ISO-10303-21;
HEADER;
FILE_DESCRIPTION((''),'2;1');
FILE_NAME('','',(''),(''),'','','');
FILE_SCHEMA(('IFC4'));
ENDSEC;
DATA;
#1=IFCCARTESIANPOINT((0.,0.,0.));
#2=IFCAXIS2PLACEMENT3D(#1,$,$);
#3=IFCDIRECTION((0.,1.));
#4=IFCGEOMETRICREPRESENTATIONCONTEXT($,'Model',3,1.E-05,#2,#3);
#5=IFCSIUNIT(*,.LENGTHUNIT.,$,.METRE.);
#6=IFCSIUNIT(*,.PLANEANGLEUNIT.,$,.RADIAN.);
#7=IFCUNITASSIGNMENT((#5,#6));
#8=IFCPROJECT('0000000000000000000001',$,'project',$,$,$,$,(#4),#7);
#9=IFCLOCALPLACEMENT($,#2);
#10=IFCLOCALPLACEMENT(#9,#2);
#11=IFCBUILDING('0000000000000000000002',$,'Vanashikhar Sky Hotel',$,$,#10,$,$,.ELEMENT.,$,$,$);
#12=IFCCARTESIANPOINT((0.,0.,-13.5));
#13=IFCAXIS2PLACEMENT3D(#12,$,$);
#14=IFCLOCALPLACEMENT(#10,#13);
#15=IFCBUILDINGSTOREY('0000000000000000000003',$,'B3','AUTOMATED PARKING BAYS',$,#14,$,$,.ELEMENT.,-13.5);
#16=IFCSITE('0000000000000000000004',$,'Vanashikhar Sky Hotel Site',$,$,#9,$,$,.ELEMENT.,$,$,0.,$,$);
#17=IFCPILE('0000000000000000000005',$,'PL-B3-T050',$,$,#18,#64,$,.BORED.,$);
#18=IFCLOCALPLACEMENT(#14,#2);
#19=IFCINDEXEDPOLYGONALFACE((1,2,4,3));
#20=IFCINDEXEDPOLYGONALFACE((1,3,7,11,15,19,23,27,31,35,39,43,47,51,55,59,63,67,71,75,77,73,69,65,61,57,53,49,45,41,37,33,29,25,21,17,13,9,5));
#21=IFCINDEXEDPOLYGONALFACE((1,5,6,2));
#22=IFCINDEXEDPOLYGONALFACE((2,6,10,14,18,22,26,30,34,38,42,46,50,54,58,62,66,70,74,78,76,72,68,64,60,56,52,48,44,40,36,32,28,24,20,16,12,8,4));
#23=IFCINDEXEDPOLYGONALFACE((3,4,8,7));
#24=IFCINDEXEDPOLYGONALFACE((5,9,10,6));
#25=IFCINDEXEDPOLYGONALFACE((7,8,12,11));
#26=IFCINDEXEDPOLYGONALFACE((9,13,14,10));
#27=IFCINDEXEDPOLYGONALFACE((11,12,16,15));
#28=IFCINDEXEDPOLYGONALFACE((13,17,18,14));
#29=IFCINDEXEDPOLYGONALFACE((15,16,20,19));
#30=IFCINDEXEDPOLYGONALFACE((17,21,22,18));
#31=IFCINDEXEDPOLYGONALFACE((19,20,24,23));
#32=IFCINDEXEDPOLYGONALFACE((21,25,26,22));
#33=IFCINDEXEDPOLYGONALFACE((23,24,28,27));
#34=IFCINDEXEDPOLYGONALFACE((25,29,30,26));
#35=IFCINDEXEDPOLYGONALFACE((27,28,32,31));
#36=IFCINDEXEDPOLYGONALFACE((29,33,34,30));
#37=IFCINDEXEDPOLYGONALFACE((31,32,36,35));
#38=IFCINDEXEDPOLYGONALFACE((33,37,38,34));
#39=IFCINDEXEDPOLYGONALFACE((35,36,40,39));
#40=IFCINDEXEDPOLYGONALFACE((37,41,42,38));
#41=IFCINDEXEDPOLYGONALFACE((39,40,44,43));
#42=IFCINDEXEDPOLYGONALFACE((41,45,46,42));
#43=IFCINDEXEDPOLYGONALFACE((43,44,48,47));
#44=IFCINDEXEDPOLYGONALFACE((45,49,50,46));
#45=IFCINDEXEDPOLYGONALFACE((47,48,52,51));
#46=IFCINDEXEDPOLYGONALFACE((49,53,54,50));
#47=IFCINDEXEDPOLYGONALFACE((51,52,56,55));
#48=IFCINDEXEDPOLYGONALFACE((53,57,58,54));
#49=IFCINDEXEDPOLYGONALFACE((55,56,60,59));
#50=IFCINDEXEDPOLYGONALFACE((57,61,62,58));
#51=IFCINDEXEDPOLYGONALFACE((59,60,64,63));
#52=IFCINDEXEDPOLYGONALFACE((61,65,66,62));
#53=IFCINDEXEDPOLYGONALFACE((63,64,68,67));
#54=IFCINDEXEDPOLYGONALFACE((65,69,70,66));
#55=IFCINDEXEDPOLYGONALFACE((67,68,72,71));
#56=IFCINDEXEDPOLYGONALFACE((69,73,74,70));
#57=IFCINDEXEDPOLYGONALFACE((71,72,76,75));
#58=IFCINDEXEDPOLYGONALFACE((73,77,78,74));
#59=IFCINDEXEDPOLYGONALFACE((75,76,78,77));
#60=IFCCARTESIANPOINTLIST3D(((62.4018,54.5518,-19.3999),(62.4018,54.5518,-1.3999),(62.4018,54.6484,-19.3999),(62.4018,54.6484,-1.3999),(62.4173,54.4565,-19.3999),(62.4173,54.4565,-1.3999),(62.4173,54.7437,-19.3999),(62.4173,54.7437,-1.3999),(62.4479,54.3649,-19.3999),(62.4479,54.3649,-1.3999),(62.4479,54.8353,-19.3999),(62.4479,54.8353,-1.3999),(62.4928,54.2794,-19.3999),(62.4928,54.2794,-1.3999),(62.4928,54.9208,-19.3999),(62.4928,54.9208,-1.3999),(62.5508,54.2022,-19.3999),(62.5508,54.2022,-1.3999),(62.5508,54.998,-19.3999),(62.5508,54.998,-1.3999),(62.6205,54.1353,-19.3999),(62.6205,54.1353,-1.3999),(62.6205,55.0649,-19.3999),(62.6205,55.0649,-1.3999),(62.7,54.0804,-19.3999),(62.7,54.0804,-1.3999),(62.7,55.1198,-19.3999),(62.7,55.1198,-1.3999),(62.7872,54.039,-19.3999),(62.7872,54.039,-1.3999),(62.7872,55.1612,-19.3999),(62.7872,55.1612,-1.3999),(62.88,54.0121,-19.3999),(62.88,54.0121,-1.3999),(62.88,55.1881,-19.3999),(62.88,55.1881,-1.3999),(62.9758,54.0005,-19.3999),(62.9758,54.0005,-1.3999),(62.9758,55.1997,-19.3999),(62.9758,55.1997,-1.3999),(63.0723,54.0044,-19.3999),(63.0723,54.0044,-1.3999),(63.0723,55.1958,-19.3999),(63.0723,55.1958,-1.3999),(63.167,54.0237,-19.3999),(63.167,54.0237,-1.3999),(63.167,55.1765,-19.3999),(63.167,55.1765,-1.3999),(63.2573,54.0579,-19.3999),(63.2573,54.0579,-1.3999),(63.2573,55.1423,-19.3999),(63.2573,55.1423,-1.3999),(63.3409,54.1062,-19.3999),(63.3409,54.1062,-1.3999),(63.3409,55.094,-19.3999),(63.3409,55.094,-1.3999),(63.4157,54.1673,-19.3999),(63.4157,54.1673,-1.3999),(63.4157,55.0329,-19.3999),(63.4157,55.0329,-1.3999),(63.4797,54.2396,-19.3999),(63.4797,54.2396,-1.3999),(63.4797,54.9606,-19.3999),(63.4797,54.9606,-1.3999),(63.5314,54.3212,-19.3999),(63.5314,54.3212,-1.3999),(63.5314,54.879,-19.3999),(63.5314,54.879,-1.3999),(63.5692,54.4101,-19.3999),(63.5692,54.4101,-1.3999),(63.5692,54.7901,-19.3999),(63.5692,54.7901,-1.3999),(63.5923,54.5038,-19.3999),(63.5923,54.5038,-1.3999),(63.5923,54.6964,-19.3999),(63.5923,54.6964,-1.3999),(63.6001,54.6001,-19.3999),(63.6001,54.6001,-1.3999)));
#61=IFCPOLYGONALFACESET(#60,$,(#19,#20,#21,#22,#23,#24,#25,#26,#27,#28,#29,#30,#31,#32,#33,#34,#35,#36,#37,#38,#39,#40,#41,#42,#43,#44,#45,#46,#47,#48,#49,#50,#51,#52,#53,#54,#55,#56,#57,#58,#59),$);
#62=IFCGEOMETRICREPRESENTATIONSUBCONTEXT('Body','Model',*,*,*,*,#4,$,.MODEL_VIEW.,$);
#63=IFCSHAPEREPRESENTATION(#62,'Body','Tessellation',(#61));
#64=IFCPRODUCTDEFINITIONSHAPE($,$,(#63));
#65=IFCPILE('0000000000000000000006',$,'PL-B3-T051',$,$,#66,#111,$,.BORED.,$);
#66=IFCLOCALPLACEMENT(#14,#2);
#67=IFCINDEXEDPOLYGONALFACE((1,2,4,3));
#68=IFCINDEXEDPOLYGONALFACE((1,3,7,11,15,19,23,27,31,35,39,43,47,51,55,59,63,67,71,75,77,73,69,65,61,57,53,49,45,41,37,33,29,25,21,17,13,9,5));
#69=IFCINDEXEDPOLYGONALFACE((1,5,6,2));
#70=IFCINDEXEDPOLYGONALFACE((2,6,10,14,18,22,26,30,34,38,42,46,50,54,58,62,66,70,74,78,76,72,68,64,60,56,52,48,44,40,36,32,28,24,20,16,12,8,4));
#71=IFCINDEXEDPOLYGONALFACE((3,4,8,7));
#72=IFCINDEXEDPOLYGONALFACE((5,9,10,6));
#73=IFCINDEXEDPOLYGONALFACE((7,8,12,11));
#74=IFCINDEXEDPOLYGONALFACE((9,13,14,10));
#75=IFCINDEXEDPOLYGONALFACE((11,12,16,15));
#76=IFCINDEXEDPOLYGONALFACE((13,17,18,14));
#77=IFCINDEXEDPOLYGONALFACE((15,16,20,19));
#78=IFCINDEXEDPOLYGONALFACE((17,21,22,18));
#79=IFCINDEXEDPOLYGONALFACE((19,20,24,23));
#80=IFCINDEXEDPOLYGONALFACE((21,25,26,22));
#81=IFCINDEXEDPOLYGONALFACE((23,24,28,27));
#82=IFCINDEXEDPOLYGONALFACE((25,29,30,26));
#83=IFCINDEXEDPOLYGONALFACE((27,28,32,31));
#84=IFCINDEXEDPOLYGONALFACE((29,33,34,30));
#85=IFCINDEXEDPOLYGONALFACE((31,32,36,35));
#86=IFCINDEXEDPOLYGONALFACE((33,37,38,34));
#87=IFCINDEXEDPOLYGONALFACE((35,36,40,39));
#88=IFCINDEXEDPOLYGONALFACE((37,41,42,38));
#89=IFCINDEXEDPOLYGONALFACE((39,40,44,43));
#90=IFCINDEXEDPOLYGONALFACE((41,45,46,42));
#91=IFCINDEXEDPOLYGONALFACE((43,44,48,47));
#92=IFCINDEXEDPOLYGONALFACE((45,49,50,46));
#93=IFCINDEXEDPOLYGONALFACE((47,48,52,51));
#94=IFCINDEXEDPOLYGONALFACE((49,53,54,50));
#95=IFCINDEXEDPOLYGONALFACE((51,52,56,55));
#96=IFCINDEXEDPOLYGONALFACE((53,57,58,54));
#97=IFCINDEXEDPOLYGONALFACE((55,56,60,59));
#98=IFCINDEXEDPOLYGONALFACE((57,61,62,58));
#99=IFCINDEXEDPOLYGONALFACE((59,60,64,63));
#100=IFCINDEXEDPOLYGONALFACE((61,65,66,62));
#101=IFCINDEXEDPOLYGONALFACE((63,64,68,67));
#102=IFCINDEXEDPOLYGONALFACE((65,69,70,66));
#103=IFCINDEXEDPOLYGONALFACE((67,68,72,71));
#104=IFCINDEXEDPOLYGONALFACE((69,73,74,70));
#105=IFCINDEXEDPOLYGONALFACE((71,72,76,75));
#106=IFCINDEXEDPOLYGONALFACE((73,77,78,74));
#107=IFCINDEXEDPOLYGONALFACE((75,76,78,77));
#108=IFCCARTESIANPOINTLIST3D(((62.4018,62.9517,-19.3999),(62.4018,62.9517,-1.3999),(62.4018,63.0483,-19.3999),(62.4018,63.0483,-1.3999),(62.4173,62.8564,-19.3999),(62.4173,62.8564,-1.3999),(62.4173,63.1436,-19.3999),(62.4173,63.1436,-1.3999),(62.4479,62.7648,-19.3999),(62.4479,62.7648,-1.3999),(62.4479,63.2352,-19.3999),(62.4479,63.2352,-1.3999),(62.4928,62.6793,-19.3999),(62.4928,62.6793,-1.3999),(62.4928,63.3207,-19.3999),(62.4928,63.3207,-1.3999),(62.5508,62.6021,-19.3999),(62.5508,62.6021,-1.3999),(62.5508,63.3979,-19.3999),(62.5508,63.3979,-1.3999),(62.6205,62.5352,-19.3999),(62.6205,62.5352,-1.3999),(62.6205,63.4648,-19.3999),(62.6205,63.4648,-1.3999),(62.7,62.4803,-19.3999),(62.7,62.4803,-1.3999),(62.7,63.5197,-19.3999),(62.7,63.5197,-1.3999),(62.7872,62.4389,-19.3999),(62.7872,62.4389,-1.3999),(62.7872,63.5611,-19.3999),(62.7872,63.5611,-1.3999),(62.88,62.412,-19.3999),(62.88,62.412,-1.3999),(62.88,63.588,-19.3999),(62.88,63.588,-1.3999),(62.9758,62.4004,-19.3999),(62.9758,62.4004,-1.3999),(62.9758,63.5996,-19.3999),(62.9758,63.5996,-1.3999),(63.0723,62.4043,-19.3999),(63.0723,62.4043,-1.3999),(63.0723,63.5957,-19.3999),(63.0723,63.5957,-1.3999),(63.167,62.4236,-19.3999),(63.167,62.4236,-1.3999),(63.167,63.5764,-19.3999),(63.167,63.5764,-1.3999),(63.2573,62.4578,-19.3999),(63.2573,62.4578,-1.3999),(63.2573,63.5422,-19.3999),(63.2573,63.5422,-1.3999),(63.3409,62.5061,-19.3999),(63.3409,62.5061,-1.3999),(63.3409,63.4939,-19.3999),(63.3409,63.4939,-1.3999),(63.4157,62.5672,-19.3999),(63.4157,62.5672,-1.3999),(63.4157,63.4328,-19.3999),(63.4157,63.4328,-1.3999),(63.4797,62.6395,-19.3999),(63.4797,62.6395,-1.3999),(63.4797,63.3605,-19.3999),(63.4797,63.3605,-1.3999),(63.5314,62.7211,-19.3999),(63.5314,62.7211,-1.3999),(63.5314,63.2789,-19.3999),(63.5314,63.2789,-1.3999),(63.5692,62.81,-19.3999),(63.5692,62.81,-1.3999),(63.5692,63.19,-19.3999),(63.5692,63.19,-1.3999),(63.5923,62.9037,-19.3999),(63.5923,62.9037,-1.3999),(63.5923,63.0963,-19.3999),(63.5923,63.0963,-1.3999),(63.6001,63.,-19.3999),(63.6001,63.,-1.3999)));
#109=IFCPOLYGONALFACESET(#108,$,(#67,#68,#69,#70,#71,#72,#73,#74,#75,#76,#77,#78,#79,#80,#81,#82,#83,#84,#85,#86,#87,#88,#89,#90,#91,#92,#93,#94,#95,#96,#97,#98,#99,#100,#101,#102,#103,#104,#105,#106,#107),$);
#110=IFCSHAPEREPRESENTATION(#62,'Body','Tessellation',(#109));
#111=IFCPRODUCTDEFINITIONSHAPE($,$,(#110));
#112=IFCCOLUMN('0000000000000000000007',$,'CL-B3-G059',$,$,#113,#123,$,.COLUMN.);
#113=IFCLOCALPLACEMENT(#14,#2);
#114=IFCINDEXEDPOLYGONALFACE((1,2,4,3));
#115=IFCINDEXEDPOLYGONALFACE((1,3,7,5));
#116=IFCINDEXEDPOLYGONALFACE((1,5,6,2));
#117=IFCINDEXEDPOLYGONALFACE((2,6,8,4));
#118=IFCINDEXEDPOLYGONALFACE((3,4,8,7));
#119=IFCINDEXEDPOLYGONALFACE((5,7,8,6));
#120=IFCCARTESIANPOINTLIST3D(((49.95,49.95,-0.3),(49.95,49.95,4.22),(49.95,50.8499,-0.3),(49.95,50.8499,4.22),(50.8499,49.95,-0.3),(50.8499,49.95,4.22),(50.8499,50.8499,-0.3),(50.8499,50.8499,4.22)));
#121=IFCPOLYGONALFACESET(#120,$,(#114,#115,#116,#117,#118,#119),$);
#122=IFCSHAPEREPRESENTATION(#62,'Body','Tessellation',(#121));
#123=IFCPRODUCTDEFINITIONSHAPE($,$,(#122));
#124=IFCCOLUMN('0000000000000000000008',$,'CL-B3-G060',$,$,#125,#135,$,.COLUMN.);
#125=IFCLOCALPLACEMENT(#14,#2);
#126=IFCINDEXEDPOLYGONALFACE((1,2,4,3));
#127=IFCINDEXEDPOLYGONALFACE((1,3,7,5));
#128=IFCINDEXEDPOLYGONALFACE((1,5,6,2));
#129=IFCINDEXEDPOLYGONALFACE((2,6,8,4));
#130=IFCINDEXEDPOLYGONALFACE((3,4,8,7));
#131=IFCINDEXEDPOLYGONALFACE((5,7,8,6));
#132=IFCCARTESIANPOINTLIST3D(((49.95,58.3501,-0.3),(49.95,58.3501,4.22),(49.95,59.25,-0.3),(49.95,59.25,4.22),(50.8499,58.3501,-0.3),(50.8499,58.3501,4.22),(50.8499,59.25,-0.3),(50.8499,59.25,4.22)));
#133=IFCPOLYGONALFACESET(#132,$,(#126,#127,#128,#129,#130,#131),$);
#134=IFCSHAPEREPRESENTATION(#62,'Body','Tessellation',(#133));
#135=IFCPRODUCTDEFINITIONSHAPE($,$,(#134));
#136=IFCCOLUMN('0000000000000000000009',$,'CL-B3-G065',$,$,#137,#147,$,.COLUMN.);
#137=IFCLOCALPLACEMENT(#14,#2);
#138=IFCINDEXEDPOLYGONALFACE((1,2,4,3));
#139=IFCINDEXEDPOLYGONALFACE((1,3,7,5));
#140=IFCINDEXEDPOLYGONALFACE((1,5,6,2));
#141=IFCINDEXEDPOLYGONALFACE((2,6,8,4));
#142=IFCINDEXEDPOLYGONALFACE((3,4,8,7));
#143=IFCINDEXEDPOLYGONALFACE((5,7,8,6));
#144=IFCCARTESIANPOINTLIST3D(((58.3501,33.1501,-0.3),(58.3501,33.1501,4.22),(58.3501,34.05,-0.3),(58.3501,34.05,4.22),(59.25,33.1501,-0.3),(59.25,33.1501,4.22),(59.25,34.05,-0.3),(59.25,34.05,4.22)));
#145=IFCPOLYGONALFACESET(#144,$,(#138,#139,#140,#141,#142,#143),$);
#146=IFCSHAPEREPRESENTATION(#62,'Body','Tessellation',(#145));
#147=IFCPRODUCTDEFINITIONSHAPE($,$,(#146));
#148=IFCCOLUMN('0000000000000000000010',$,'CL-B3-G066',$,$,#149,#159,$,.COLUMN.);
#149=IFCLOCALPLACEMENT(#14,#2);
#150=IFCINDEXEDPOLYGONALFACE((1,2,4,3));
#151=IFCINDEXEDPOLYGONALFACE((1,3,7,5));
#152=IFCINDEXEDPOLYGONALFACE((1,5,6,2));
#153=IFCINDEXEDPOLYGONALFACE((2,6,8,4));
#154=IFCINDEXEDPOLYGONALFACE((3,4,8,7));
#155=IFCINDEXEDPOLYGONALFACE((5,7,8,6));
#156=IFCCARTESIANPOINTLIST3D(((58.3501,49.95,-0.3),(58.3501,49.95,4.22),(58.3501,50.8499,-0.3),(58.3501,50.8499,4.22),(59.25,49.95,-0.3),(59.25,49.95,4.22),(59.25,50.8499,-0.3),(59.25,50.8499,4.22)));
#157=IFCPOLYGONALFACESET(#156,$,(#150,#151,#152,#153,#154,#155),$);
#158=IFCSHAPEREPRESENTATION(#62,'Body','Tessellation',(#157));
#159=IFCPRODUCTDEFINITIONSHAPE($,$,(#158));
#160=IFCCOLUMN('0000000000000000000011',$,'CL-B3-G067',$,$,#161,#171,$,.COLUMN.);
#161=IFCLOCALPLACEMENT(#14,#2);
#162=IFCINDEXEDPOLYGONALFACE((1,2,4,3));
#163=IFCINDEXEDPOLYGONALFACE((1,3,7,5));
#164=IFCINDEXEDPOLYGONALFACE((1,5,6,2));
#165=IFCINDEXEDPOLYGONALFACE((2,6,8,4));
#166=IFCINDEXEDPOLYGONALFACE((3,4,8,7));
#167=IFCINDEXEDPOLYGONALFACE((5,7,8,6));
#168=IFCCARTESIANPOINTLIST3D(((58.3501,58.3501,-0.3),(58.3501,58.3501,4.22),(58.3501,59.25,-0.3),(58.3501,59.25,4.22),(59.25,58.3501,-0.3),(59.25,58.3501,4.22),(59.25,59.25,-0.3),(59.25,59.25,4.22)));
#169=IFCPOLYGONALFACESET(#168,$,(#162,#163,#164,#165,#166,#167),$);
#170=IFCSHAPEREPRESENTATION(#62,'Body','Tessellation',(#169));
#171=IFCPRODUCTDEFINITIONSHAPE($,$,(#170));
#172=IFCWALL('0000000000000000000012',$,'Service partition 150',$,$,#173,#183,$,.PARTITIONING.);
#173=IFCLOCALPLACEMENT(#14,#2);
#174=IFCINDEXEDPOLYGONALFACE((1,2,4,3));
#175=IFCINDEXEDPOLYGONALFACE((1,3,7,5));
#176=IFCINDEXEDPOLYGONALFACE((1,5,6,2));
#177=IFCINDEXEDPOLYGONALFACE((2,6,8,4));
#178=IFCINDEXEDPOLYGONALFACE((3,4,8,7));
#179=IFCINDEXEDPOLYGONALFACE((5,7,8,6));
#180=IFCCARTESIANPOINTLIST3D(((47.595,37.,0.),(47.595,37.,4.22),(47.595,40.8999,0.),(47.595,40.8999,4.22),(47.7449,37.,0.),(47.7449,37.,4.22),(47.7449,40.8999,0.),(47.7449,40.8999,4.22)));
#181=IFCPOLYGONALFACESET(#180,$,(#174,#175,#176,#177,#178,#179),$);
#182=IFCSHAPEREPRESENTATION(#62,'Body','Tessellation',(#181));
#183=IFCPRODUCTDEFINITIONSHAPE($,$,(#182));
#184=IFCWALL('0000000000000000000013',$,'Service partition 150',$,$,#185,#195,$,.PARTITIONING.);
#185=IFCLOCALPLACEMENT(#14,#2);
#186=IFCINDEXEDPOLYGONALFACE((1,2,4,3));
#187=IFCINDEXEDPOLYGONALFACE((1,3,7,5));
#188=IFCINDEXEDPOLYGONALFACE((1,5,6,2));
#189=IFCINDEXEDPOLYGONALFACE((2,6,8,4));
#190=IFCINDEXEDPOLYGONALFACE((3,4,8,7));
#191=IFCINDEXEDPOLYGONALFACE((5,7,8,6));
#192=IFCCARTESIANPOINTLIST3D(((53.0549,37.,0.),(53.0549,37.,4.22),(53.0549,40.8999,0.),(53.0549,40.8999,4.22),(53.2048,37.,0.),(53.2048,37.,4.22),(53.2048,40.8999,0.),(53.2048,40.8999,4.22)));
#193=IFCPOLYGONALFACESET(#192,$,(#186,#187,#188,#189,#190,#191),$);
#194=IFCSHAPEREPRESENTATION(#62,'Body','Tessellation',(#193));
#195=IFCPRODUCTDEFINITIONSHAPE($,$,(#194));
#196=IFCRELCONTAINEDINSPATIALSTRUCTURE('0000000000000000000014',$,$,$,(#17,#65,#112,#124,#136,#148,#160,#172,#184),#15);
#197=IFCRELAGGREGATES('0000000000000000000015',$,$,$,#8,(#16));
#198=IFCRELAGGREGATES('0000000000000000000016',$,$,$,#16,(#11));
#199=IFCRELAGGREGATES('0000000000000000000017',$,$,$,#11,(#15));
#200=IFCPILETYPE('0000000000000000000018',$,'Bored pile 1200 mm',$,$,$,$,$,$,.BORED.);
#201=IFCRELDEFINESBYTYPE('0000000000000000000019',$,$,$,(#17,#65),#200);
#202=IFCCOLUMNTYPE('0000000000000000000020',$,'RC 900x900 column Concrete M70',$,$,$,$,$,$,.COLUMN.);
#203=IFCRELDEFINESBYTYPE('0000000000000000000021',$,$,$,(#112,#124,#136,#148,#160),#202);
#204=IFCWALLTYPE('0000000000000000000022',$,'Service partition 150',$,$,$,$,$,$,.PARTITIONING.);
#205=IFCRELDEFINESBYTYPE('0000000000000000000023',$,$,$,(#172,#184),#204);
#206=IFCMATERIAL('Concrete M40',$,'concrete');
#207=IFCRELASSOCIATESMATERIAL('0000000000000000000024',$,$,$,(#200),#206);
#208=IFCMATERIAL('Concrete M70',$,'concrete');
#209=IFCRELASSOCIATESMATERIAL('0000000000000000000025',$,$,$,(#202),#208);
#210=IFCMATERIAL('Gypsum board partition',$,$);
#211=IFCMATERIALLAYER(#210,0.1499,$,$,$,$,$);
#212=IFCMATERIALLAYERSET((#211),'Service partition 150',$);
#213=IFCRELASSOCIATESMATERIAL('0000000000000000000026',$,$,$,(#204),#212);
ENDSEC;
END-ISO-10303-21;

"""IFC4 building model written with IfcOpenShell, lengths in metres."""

from ifc_helpers import new_model, si_unit, direction, frame, frame_2d, origin, origin_2d, place, context, subcontext, project, spatial, rectangle, circle, extrude, source, transform, mapped, material, layer, layer_set, material_profile, profile_set, type_object, element, save


model = new_model("IFC4")

# Units and contexts
model_context = context("Model", 3, precision=1e-05, world=origin(), true_north=direction((0.0, 1.0)))
body_context = subcontext(model_context, "Body", "Model", "MODEL_VIEW")
ifc_project = project(units=[si_unit("LENGTHUNIT", "METRE"), si_unit("PLANEANGLEUNIT", "RADIAN")], contexts=[model_context])

# Site, building, storey
site_placement = place(None, origin())
site = spatial("IfcSite", under=ifc_project, at=site_placement, Name="Vanashikhar Sky Hotel Site", CompositionType="ELEMENT", RefElevation=0.0)
building_placement = place(site_placement, origin())
building = spatial("IfcBuilding", under=site, at=building_placement, Name="Vanashikhar Sky Hotel", CompositionType="ELEMENT")
storey_placement = place(building_placement, frame((0.0, 0.0, -13.5)))
storey = spatial("IfcBuildingStorey", under=building, at=storey_placement, Name="B3", Description="AUTOMATED PARKING BAYS", CompositionType="ELEMENT", Elevation=-13.5)

# Piles
ifc_material_1 = material(Name="Concrete M40", Category="concrete")
pile_type_1 = type_object("IfcPileType", Name="Bored pile 1200 mm", PredefinedType="BORED", material=ifc_material_1)
shared_shape_1 = source(origin(), body_context, "Body", "SweptSolid", [
    extrude(circle(Radius=0.6001, at=origin_2d()), origin(), (0.0, 0.0, 1.0), 18.0),
])
for number, where, z_axis, x_axis, name in (
    (1, (63.0, 54.6001, -1.3999), (0.0, 0.0, -1.0), (1.0, 0.0, 0.0), "PL-B3-T050"),
    (2, (63.0, 63.0, -1.3999), (0.0, 0.0, -1.0), (1.0, 0.0, 0.0), "PL-B3-T051"),
):
    element("IfcPile", number, at=place(storey_placement, frame(where, z_axis=z_axis, x_axis=x_axis)), inside=storey, type_object=pile_type_1, Name=name, PredefinedType="BORED", context=body_context, shape_type="MappedRepresentation", body=[
        mapped(shared_shape_1, transform((0.0, 0.0, 0.0), scale=1.0)),
    ])

# Columns
ifc_material_2 = material(Name="Concrete M70", Category="concrete")
ifc_material_profile = material_profile(ifc_material_2, rectangle(XDim=0.8999, YDim=0.8999, at=origin_2d()))
ifc_profile_set = profile_set([ifc_material_profile], Name="RC 900x900 column Concrete M70")
column_type = type_object("IfcColumnType", Name="RC 900x900 column Concrete M70", PredefinedType="COLUMN", material=ifc_profile_set)
shared_shape_2 = source(origin(), body_context, "Body", "SweptSolid", [
    extrude(rectangle(XDim=0.8999, YDim=0.8999, at=origin_2d()), origin(), (0.0, 0.0, 1.0), 4.52),
])
for number, where, z_axis, x_axis, name in (
    (3, (50.3999, 50.3999, -0.3), (0.0, 0.0, 1.0), (1.0, 0.0, 0.0), "CL-B3-G059"),
    (4, (50.3999, 58.8, -0.3), (0.0, 0.0, 1.0), (1.0, 0.0, 0.0), "CL-B3-G060"),
    (5, (58.8, 33.6001, -0.3), (0.0, 0.0, 1.0), (1.0, 0.0, 0.0), "CL-B3-G065"),
    (6, (58.8, 50.3999, -0.3), (0.0, 0.0, 1.0), (1.0, 0.0, 0.0), "CL-B3-G066"),
    (7, (58.8, 58.8, -0.3), (0.0, 0.0, 1.0), (1.0, 0.0, 0.0), "CL-B3-G067"),
):
    element("IfcColumn", number, at=place(storey_placement, frame(where, z_axis=z_axis, x_axis=x_axis)), inside=storey, type_object=column_type, Name=name, PredefinedType="COLUMN", context=body_context, shape_type="MappedRepresentation", body=[
        mapped(shared_shape_2, transform((0.0, 0.0, 0.0), scale=1.0)),
    ])

# Walls
ifc_material_3 = material(Name="Gypsum board partition")
ifc_layer = layer(ifc_material_3, 0.1499)
ifc_layer_set = layer_set([ifc_layer], Name="Service partition 150")
wall_type = type_object("IfcWallType", Name="Service partition 150", PredefinedType="PARTITIONING", material=ifc_layer_set)
shared_shape_3 = source(origin(), body_context, "Body", "SweptSolid", [
    extrude(rectangle(XDim=3.8999, YDim=0.1499, at=frame_2d((1.95, 0.0))), origin(), (0.0, 0.0, 1.0), 4.22),
])
for number, where, z_axis, x_axis, name in (
    (8, (47.6699, 37.0, 0.0), (0.0, 0.0, 1.0), (0.0, 1.0, 0.0), "Service partition 150"),
    (9, (53.1299, 37.0, 0.0), (0.0, 0.0, 1.0), (0.0, 1.0, 0.0), "Service partition 150"),
):
    element("IfcWall", number, at=place(storey_placement, frame(where, z_axis=z_axis, x_axis=x_axis)), inside=storey, type_object=wall_type, Name=name, PredefinedType="PARTITIONING", context=body_context, shape_type="MappedRepresentation", body=[
        mapped(shared_shape_3, transform((0.0, 0.0, 0.0), scale=1.0)),
    ])

save(model, "model.ifc")
